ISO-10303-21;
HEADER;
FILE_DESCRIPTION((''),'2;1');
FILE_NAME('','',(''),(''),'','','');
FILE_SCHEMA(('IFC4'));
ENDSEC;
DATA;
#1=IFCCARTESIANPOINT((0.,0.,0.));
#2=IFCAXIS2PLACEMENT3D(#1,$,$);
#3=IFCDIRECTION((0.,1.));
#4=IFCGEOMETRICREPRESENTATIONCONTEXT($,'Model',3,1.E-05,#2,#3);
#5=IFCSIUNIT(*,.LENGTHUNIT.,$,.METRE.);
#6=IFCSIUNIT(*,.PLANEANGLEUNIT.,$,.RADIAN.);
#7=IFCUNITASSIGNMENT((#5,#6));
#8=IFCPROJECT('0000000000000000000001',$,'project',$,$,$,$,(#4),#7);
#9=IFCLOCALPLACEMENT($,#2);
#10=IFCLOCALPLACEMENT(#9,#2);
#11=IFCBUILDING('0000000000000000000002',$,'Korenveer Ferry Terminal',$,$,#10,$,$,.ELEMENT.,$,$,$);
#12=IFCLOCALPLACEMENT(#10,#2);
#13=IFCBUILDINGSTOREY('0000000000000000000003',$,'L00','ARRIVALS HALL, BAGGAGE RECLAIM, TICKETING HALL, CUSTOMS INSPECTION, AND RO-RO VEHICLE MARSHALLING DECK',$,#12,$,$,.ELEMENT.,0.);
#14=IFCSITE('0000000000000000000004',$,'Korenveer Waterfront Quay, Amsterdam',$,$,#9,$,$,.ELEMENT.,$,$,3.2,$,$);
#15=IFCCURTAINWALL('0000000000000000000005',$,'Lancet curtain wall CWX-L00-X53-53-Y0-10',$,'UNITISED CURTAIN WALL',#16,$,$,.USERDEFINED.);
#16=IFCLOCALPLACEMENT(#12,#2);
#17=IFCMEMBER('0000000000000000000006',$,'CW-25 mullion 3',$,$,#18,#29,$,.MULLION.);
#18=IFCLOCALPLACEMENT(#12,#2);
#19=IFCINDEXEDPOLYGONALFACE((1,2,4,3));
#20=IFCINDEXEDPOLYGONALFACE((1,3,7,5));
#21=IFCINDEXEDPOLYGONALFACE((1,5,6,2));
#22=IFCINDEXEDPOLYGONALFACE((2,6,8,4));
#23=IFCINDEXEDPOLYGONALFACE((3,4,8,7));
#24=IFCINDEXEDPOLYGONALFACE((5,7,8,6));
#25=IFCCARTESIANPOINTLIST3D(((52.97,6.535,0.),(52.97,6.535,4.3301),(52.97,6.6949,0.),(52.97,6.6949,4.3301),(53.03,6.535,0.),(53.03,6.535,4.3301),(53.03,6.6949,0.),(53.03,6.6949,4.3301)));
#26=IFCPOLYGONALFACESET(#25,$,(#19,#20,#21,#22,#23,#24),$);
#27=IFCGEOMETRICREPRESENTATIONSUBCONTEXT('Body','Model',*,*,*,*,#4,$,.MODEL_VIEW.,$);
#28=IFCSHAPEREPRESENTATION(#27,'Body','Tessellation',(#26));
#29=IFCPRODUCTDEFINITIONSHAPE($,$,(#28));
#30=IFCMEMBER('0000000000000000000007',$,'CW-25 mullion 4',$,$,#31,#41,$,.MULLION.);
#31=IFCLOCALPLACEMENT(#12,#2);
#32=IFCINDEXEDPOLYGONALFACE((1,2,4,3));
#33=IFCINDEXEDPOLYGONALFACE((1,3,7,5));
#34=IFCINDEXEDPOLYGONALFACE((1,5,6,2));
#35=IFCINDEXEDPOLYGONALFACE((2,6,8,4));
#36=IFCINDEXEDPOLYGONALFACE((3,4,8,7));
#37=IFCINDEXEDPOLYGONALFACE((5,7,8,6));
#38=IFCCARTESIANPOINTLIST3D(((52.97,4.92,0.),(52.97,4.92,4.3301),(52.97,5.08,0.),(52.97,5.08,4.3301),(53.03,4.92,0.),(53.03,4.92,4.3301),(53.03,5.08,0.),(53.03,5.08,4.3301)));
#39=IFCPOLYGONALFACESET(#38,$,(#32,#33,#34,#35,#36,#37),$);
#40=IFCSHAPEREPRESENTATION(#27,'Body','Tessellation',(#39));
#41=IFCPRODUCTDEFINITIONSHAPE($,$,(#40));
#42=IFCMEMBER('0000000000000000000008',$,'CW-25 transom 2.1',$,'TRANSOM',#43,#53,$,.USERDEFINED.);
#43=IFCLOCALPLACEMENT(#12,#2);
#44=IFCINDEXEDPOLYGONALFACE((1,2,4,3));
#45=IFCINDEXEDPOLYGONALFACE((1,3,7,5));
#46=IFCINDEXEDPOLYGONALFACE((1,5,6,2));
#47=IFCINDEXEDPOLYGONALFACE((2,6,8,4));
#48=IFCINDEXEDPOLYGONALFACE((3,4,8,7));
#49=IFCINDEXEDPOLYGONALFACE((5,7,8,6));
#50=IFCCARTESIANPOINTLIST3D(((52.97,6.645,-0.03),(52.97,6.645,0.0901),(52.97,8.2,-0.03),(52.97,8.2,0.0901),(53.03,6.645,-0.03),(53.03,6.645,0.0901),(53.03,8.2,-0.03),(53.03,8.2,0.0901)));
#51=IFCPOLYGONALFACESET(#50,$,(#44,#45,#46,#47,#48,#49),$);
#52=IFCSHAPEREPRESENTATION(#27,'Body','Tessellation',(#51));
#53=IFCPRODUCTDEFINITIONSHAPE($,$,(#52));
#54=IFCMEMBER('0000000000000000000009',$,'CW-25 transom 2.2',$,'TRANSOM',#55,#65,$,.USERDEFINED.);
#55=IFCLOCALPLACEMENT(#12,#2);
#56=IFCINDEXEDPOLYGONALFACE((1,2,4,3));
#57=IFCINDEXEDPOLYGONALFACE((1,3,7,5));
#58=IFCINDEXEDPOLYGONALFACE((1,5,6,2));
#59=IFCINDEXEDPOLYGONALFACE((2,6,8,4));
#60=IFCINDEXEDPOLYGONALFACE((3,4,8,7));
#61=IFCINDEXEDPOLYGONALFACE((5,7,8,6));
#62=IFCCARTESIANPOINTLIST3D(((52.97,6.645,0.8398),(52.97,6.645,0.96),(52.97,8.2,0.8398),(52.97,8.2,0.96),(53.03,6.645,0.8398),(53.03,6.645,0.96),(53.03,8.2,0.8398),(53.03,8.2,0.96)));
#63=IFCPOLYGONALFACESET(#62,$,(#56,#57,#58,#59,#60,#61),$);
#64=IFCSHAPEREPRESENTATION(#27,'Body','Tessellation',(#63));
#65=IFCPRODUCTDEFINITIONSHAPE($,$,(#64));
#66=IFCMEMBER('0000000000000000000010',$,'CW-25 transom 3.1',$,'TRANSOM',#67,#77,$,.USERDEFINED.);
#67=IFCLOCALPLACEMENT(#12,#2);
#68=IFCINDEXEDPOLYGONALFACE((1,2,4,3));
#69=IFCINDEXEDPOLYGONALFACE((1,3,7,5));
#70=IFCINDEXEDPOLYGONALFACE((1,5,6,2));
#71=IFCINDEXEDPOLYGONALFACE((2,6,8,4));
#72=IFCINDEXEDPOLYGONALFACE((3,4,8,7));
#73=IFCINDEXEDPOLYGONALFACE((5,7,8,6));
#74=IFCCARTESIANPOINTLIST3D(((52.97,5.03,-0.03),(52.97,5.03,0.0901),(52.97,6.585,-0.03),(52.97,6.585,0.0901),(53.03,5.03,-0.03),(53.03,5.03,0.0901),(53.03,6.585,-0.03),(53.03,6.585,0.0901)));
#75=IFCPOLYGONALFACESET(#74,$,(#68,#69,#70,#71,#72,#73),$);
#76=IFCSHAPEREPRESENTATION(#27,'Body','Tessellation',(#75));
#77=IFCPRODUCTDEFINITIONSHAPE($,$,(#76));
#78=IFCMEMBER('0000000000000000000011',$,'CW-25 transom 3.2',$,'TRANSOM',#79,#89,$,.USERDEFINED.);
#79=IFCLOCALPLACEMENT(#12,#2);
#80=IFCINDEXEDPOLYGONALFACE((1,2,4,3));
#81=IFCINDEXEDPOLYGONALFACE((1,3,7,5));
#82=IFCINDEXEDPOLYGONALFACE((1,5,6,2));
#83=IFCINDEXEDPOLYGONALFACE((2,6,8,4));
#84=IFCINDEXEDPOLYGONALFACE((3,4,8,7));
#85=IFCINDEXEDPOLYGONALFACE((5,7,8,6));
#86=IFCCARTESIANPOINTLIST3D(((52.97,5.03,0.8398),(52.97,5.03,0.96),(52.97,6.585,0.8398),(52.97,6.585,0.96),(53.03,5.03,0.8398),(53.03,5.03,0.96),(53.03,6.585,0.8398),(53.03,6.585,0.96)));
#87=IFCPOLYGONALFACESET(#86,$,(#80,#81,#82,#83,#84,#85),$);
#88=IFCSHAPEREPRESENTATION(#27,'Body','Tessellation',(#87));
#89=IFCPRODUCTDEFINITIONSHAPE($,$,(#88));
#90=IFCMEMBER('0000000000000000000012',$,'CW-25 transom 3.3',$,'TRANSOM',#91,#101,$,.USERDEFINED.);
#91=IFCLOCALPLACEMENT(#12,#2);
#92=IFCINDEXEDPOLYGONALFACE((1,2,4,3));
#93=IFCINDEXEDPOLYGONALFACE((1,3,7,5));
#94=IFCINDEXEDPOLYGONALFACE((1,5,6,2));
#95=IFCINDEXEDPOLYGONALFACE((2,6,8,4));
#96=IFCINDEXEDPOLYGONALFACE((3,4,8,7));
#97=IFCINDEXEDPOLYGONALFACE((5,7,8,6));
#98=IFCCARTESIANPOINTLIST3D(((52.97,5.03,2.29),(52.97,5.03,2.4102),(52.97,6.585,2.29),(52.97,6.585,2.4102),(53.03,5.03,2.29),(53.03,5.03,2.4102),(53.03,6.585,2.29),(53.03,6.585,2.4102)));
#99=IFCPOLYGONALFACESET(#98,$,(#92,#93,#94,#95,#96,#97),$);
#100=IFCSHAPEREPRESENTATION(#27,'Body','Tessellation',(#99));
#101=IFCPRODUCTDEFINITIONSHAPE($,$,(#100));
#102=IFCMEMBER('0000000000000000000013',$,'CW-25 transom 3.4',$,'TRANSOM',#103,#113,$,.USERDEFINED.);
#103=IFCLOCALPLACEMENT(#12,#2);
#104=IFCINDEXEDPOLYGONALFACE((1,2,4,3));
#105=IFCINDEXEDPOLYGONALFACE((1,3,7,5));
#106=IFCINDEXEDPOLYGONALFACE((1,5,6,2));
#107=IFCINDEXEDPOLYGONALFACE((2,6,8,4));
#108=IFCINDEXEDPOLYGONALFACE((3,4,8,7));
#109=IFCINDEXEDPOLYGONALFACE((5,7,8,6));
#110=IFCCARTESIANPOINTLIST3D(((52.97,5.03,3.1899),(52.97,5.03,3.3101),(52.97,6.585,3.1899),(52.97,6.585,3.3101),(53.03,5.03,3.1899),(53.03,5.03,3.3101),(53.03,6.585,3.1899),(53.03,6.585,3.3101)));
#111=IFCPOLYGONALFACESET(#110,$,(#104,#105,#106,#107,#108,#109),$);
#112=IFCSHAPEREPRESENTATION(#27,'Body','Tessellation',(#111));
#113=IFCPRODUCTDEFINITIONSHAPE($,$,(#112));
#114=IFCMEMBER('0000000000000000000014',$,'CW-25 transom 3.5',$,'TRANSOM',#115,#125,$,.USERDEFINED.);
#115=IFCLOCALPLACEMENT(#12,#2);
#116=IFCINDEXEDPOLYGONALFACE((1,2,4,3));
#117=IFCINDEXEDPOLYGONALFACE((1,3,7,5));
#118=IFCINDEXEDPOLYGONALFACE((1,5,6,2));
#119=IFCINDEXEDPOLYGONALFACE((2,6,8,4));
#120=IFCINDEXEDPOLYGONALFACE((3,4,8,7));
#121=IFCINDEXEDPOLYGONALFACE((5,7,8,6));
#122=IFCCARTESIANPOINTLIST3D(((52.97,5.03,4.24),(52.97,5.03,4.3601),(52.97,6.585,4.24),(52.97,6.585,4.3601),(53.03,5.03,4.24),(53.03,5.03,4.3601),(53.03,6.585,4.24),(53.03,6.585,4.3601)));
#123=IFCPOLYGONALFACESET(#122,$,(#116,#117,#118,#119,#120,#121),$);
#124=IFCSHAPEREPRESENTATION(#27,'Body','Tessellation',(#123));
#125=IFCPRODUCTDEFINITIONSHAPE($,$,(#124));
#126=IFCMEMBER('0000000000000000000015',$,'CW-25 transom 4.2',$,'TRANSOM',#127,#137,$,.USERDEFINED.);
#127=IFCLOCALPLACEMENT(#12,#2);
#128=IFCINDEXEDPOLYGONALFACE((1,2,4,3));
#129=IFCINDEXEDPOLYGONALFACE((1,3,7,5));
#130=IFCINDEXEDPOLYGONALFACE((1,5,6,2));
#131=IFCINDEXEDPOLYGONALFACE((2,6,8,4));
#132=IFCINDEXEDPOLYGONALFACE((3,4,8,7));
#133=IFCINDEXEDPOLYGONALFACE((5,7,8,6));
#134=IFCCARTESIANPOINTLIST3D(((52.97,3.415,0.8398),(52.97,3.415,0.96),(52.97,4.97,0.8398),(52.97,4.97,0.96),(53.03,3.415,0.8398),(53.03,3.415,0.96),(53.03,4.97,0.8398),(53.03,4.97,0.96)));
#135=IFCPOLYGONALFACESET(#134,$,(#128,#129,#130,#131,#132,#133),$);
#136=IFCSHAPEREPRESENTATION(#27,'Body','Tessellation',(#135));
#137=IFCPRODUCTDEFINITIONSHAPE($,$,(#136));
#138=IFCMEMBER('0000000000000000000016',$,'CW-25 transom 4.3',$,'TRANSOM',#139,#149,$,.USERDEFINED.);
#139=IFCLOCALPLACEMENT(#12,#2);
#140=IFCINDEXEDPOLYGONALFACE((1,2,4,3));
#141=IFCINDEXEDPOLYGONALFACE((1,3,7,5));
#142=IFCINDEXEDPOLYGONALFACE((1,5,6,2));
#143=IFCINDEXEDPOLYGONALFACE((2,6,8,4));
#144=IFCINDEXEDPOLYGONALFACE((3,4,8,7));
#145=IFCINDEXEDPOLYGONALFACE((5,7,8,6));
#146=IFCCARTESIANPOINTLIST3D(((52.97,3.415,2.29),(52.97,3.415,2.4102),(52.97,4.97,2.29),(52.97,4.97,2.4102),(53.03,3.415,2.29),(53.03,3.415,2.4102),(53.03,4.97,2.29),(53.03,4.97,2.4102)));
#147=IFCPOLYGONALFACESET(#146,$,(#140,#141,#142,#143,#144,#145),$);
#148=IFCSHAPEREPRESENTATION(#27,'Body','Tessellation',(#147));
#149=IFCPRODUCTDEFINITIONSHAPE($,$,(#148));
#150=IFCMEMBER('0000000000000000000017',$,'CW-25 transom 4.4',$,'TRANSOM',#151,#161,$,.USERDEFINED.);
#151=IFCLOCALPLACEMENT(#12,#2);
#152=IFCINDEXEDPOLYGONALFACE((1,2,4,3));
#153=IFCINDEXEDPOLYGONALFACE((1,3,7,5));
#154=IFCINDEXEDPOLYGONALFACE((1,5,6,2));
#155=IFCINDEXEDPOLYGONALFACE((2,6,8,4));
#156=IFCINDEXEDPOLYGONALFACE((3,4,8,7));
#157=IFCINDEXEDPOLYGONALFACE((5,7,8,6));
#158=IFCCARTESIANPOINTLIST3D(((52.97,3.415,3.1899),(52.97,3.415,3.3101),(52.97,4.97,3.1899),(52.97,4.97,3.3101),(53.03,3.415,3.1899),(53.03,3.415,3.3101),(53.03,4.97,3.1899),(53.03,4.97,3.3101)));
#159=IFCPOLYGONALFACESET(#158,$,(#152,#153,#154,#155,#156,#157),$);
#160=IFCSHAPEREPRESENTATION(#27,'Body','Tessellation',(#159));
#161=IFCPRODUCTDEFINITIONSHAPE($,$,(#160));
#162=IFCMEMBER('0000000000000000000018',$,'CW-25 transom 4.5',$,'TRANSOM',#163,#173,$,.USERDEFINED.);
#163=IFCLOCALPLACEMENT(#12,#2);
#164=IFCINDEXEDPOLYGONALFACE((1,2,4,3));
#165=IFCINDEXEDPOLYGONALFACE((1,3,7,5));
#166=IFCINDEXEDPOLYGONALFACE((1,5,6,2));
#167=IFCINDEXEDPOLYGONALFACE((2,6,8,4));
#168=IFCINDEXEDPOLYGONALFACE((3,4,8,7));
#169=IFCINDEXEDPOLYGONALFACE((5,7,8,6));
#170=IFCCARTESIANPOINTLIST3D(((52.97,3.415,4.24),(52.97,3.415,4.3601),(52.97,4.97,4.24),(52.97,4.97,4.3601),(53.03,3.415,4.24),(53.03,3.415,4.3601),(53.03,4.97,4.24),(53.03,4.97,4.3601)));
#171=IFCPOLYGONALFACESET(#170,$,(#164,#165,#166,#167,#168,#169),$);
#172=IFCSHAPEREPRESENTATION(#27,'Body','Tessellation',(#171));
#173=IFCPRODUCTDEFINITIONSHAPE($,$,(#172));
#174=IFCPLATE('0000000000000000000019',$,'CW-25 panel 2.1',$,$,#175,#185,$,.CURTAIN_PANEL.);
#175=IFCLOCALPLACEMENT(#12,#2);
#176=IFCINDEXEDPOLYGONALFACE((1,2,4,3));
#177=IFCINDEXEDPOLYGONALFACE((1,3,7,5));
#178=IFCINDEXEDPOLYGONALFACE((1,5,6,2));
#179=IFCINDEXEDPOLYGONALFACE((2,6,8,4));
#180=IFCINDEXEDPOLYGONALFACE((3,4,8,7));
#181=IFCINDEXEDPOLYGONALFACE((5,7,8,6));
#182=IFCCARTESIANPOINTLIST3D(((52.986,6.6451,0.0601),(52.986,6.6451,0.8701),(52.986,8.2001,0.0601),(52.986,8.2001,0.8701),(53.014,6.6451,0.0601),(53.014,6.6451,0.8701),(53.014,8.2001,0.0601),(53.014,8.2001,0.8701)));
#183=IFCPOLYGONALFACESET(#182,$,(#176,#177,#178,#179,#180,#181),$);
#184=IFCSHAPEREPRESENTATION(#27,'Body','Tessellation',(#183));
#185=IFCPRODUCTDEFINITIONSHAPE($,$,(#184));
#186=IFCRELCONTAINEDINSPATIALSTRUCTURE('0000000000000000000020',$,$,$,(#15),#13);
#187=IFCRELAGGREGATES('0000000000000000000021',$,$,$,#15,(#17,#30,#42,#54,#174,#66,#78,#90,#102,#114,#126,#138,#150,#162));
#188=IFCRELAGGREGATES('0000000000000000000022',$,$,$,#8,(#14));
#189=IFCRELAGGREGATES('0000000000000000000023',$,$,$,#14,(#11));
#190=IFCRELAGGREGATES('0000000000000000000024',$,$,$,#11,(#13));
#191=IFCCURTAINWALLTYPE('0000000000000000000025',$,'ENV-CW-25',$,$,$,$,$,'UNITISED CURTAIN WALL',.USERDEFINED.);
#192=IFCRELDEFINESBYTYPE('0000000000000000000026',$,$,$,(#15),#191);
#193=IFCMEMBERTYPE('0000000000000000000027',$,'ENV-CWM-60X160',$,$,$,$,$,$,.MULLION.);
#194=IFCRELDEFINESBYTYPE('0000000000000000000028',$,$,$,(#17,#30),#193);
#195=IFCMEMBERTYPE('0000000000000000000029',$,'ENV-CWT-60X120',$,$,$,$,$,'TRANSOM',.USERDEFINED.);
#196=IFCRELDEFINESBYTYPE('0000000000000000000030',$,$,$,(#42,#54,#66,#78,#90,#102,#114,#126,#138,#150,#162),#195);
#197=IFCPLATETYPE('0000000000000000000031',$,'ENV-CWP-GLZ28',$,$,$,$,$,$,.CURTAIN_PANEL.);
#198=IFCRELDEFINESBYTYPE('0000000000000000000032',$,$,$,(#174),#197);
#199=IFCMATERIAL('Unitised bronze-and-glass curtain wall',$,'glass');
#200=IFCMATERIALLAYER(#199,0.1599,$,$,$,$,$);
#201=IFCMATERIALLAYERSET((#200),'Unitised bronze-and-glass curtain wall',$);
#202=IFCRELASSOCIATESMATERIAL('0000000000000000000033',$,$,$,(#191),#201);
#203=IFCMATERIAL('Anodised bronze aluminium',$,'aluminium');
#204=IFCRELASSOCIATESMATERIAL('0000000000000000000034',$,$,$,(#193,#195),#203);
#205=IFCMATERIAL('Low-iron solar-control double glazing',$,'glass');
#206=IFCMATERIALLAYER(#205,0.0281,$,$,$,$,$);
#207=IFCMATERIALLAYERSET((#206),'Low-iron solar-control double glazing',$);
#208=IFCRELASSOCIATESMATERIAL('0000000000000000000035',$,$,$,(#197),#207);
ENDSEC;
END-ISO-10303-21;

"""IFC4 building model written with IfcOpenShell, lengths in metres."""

from ifc_helpers import new_model, si_unit, direction, frame, origin, origin_2d, place, context, subcontext, project, spatial, rectangle, extrude, material, layer, layer_set, material_profile, profile_set, type_object, element, aggregate, save


model = new_model("IFC4")

# Units and contexts
model_context = context("Model", 3, precision=1e-05, world=origin(), true_north=direction((0.0, 1.0)))
body_context = subcontext(model_context, "Body", "Model", "MODEL_VIEW")
ifc_project = project(units=[si_unit("LENGTHUNIT", "METRE"), si_unit("PLANEANGLEUNIT", "RADIAN")], contexts=[model_context])

# Site, building, storey
site_placement = place(None, origin())
site = spatial("IfcSite", under=ifc_project, at=site_placement, Name="Korenveer Waterfront Quay, Amsterdam", CompositionType="ELEMENT", RefElevation=3.2)
building_placement = place(site_placement, origin())
building = spatial("IfcBuilding", under=site, at=building_placement, Name="Korenveer Ferry Terminal", CompositionType="ELEMENT")
storey_placement = place(building_placement, origin())
storey = spatial("IfcBuildingStorey", under=building, at=storey_placement, Name="L00", Description="ARRIVALS HALL, BAGGAGE RECLAIM, TICKETING HALL, CUSTOMS INSPECTION, AND RO-RO VEHICLE MARSHALLING DECK", CompositionType="ELEMENT", Elevation=0.0)

# Curtain wall, members, plate
ifc_material_1 = material(Name="Unitised bronze-and-glass curtain wall", Category="glass")
ifc_layer_1 = layer(ifc_material_1, 0.1599)
ifc_layer_set_1 = layer_set([ifc_layer_1], Name="Unitised bronze-and-glass curtain wall")
curtain_wall_type = type_object("IfcCurtainWallType", Name="ENV-CW-25", ElementType="UNITISED CURTAIN WALL", PredefinedType="USERDEFINED", material=ifc_layer_set_1)
curtain_wall_placement = place(storey_placement, frame((53.0, 9.845, 0.0)))
curtain_wall = element("IfcCurtainWall", 1, at=curtain_wall_placement, inside=storey, type_object=curtain_wall_type, Name="Lancet curtain wall CWX-L00-X53-53-Y0-10", ObjectType="UNITISED CURTAIN WALL", PredefinedType="USERDEFINED")
ifc_material_2 = material(Name="Anodised bronze aluminium", Category="aluminium")
ifc_material_profile_1 = material_profile(ifc_material_2, rectangle(XDim=0.0601, YDim=0.1599, at=origin_2d()), Name="ALU 60x160")
ifc_profile_set_1 = profile_set([ifc_material_profile_1], Name="Anodised bronze aluminium")
member_type_1 = type_object("IfcMemberType", Name="ENV-CWM-60X160", PredefinedType="MULLION", material=ifc_profile_set_1)
member_1_placement = place(storey_placement, frame((53.0, 6.615, 0.0), z_axis=(0.0, 0.0, 1.0), x_axis=(1.0, 0.0, 0.0)))
member_1 = element("IfcMember", 2, at=member_1_placement, type_object=member_type_1, Name="CW-25 mullion 3", PredefinedType="MULLION", context=body_context, shape_type="SweptSolid", body=[
    extrude(rectangle(XDim=0.0601, YDim=0.1599, at=origin_2d()), origin(), (0.0, 0.0, 1.0), 4.3301),
])
member_2_placement = place(storey_placement, frame((53.0, 5.0, 0.0), z_axis=(0.0, 0.0, 1.0), x_axis=(1.0, 0.0, 0.0)))
member_2 = element("IfcMember", 3, at=member_2_placement, type_object=member_type_1, Name="CW-25 mullion 4", PredefinedType="MULLION", context=body_context, shape_type="SweptSolid", body=[
    extrude(rectangle(XDim=0.0601, YDim=0.1599, at=origin_2d()), origin(), (0.0, 0.0, 1.0), 4.3301),
])
ifc_material_profile_2 = material_profile(ifc_material_2, rectangle(XDim=0.0601, YDim=0.1201, at=origin_2d()), Name="ALU 60x120")
ifc_profile_set_2 = profile_set([ifc_material_profile_2], Name="Anodised bronze aluminium")
member_type_2 = type_object("IfcMemberType", Name="ENV-CWT-60X120", ElementType="TRANSOM", PredefinedType="USERDEFINED", material=ifc_profile_set_2)
member_3_placement = place(storey_placement, frame((53.0, 8.2, 0.03), z_axis=(0.0, -1.0, 0.0), x_axis=(1.0, 0.0, 0.0)))
member_3 = element("IfcMember", 4, at=member_3_placement, type_object=member_type_2, Name="CW-25 transom 2.1", ObjectType="TRANSOM", PredefinedType="USERDEFINED", context=body_context, shape_type="SweptSolid", body=[
    extrude(rectangle(XDim=0.0601, YDim=0.1201, at=origin_2d()), origin(), (0.0, 0.0, 1.0), 1.5549),
])
member_4_placement = place(storey_placement, frame((53.0, 8.2, 0.8999), z_axis=(0.0, -1.0, 0.0), x_axis=(1.0, 0.0, 0.0)))
member_4 = element("IfcMember", 5, at=member_4_placement, type_object=member_type_2, Name="CW-25 transom 2.2", ObjectType="TRANSOM", PredefinedType="USERDEFINED", context=body_context, shape_type="SweptSolid", body=[
    extrude(rectangle(XDim=0.0601, YDim=0.1201, at=origin_2d()), origin(), (0.0, 0.0, 1.0), 1.5549),
])
member_5_placement = place(storey_placement, frame((53.0, 6.585, 0.03), z_axis=(0.0, -1.0, 0.0), x_axis=(1.0, 0.0, 0.0)))
member_5 = element("IfcMember", 6, at=member_5_placement, type_object=member_type_2, Name="CW-25 transom 3.1", ObjectType="TRANSOM", PredefinedType="USERDEFINED", context=body_context, shape_type="SweptSolid", body=[
    extrude(rectangle(XDim=0.0601, YDim=0.1201, at=origin_2d()), origin(), (0.0, 0.0, 1.0), 1.5549),
])
member_6_placement = place(storey_placement, frame((53.0, 6.585, 0.8999), z_axis=(0.0, -1.0, 0.0), x_axis=(1.0, 0.0, 0.0)))
member_6 = element("IfcMember", 7, at=member_6_placement, type_object=member_type_2, Name="CW-25 transom 3.2", ObjectType="TRANSOM", PredefinedType="USERDEFINED", context=body_context, shape_type="SweptSolid", body=[
    extrude(rectangle(XDim=0.0601, YDim=0.1201, at=origin_2d()), origin(), (0.0, 0.0, 1.0), 1.5549),
])
member_7_placement = place(storey_placement, frame((53.0, 6.585, 2.3501), z_axis=(0.0, -1.0, 0.0), x_axis=(1.0, 0.0, 0.0)))
member_7 = element("IfcMember", 8, at=member_7_placement, type_object=member_type_2, Name="CW-25 transom 3.3", ObjectType="TRANSOM", PredefinedType="USERDEFINED", context=body_context, shape_type="SweptSolid", body=[
    extrude(rectangle(XDim=0.0601, YDim=0.1201, at=origin_2d()), origin(), (0.0, 0.0, 1.0), 1.5549),
])
member_8_placement = place(storey_placement, frame((53.0, 6.585, 3.25), z_axis=(0.0, -1.0, 0.0), x_axis=(1.0, 0.0, 0.0)))
member_8 = element("IfcMember", 9, at=member_8_placement, type_object=member_type_2, Name="CW-25 transom 3.4", ObjectType="TRANSOM", PredefinedType="USERDEFINED", context=body_context, shape_type="SweptSolid", body=[
    extrude(rectangle(XDim=0.0601, YDim=0.1201, at=origin_2d()), origin(), (0.0, 0.0, 1.0), 1.5549),
])
member_9_placement = place(storey_placement, frame((53.0, 6.585, 4.3), z_axis=(0.0, -1.0, 0.0), x_axis=(1.0, 0.0, 0.0)))
member_9 = element("IfcMember", 10, at=member_9_placement, type_object=member_type_2, Name="CW-25 transom 3.5", ObjectType="TRANSOM", PredefinedType="USERDEFINED", context=body_context, shape_type="SweptSolid", body=[
    extrude(rectangle(XDim=0.0601, YDim=0.1201, at=origin_2d()), origin(), (0.0, 0.0, 1.0), 1.5549),
])
member_10_placement = place(storey_placement, frame((53.0, 4.97, 0.8999), z_axis=(0.0, -1.0, 0.0), x_axis=(1.0, 0.0, 0.0)))
member_10 = element("IfcMember", 11, at=member_10_placement, type_object=member_type_2, Name="CW-25 transom 4.2", ObjectType="TRANSOM", PredefinedType="USERDEFINED", context=body_context, shape_type="SweptSolid", body=[
    extrude(rectangle(XDim=0.0601, YDim=0.1201, at=origin_2d()), origin(), (0.0, 0.0, 1.0), 1.5549),
])
member_11_placement = place(storey_placement, frame((53.0, 4.97, 2.3501), z_axis=(0.0, -1.0, 0.0), x_axis=(1.0, 0.0, 0.0)))
member_11 = element("IfcMember", 12, at=member_11_placement, type_object=member_type_2, Name="CW-25 transom 4.3", ObjectType="TRANSOM", PredefinedType="USERDEFINED", context=body_context, shape_type="SweptSolid", body=[
    extrude(rectangle(XDim=0.0601, YDim=0.1201, at=origin_2d()), origin(), (0.0, 0.0, 1.0), 1.5549),
])
member_12_placement = place(storey_placement, frame((53.0, 4.97, 3.25), z_axis=(0.0, -1.0, 0.0), x_axis=(1.0, 0.0, 0.0)))
member_12 = element("IfcMember", 13, at=member_12_placement, type_object=member_type_2, Name="CW-25 transom 4.4", ObjectType="TRANSOM", PredefinedType="USERDEFINED", context=body_context, shape_type="SweptSolid", body=[
    extrude(rectangle(XDim=0.0601, YDim=0.1201, at=origin_2d()), origin(), (0.0, 0.0, 1.0), 1.5549),
])
member_13_placement = place(storey_placement, frame((53.0, 4.97, 4.3), z_axis=(0.0, -1.0, 0.0), x_axis=(1.0, 0.0, 0.0)))
member_13 = element("IfcMember", 14, at=member_13_placement, type_object=member_type_2, Name="CW-25 transom 4.5", ObjectType="TRANSOM", PredefinedType="USERDEFINED", context=body_context, shape_type="SweptSolid", body=[
    extrude(rectangle(XDim=0.0601, YDim=0.1201, at=origin_2d()), origin(), (0.0, 0.0, 1.0), 1.5549),
])
ifc_material_3 = material(Name="Low-iron solar-control double glazing", Category="glass")
ifc_layer_2 = layer(ifc_material_3, 0.0281)
ifc_layer_set_2 = layer_set([ifc_layer_2], Name="Low-iron solar-control double glazing")
plate_type = type_object("IfcPlateType", Name="ENV-CWP-GLZ28", PredefinedType="CURTAIN_PANEL", material=ifc_layer_set_2)
plate_1_placement = place(storey_placement, frame((53.0, 7.4226, 0.0601), z_axis=(0.0, 0.0, 1.0), x_axis=(0.0, -1.0, 0.0)))
plate_1 = element("IfcPlate", 15, at=plate_1_placement, type_object=plate_type, Name="CW-25 panel 2.1", PredefinedType="CURTAIN_PANEL", context=body_context, shape_type="SweptSolid", body=[
    extrude(rectangle(XDim=1.5549, YDim=0.0281, at=origin_2d()), origin(), (0.0, 0.0, 1.0), 0.8101),
])
aggregate(curtain_wall, [member_1, member_2, member_3, member_4, plate_1, member_5, member_6, member_7, member_8, member_9, member_10, member_11, member_12, member_13])

save(model, "model.ifc")
